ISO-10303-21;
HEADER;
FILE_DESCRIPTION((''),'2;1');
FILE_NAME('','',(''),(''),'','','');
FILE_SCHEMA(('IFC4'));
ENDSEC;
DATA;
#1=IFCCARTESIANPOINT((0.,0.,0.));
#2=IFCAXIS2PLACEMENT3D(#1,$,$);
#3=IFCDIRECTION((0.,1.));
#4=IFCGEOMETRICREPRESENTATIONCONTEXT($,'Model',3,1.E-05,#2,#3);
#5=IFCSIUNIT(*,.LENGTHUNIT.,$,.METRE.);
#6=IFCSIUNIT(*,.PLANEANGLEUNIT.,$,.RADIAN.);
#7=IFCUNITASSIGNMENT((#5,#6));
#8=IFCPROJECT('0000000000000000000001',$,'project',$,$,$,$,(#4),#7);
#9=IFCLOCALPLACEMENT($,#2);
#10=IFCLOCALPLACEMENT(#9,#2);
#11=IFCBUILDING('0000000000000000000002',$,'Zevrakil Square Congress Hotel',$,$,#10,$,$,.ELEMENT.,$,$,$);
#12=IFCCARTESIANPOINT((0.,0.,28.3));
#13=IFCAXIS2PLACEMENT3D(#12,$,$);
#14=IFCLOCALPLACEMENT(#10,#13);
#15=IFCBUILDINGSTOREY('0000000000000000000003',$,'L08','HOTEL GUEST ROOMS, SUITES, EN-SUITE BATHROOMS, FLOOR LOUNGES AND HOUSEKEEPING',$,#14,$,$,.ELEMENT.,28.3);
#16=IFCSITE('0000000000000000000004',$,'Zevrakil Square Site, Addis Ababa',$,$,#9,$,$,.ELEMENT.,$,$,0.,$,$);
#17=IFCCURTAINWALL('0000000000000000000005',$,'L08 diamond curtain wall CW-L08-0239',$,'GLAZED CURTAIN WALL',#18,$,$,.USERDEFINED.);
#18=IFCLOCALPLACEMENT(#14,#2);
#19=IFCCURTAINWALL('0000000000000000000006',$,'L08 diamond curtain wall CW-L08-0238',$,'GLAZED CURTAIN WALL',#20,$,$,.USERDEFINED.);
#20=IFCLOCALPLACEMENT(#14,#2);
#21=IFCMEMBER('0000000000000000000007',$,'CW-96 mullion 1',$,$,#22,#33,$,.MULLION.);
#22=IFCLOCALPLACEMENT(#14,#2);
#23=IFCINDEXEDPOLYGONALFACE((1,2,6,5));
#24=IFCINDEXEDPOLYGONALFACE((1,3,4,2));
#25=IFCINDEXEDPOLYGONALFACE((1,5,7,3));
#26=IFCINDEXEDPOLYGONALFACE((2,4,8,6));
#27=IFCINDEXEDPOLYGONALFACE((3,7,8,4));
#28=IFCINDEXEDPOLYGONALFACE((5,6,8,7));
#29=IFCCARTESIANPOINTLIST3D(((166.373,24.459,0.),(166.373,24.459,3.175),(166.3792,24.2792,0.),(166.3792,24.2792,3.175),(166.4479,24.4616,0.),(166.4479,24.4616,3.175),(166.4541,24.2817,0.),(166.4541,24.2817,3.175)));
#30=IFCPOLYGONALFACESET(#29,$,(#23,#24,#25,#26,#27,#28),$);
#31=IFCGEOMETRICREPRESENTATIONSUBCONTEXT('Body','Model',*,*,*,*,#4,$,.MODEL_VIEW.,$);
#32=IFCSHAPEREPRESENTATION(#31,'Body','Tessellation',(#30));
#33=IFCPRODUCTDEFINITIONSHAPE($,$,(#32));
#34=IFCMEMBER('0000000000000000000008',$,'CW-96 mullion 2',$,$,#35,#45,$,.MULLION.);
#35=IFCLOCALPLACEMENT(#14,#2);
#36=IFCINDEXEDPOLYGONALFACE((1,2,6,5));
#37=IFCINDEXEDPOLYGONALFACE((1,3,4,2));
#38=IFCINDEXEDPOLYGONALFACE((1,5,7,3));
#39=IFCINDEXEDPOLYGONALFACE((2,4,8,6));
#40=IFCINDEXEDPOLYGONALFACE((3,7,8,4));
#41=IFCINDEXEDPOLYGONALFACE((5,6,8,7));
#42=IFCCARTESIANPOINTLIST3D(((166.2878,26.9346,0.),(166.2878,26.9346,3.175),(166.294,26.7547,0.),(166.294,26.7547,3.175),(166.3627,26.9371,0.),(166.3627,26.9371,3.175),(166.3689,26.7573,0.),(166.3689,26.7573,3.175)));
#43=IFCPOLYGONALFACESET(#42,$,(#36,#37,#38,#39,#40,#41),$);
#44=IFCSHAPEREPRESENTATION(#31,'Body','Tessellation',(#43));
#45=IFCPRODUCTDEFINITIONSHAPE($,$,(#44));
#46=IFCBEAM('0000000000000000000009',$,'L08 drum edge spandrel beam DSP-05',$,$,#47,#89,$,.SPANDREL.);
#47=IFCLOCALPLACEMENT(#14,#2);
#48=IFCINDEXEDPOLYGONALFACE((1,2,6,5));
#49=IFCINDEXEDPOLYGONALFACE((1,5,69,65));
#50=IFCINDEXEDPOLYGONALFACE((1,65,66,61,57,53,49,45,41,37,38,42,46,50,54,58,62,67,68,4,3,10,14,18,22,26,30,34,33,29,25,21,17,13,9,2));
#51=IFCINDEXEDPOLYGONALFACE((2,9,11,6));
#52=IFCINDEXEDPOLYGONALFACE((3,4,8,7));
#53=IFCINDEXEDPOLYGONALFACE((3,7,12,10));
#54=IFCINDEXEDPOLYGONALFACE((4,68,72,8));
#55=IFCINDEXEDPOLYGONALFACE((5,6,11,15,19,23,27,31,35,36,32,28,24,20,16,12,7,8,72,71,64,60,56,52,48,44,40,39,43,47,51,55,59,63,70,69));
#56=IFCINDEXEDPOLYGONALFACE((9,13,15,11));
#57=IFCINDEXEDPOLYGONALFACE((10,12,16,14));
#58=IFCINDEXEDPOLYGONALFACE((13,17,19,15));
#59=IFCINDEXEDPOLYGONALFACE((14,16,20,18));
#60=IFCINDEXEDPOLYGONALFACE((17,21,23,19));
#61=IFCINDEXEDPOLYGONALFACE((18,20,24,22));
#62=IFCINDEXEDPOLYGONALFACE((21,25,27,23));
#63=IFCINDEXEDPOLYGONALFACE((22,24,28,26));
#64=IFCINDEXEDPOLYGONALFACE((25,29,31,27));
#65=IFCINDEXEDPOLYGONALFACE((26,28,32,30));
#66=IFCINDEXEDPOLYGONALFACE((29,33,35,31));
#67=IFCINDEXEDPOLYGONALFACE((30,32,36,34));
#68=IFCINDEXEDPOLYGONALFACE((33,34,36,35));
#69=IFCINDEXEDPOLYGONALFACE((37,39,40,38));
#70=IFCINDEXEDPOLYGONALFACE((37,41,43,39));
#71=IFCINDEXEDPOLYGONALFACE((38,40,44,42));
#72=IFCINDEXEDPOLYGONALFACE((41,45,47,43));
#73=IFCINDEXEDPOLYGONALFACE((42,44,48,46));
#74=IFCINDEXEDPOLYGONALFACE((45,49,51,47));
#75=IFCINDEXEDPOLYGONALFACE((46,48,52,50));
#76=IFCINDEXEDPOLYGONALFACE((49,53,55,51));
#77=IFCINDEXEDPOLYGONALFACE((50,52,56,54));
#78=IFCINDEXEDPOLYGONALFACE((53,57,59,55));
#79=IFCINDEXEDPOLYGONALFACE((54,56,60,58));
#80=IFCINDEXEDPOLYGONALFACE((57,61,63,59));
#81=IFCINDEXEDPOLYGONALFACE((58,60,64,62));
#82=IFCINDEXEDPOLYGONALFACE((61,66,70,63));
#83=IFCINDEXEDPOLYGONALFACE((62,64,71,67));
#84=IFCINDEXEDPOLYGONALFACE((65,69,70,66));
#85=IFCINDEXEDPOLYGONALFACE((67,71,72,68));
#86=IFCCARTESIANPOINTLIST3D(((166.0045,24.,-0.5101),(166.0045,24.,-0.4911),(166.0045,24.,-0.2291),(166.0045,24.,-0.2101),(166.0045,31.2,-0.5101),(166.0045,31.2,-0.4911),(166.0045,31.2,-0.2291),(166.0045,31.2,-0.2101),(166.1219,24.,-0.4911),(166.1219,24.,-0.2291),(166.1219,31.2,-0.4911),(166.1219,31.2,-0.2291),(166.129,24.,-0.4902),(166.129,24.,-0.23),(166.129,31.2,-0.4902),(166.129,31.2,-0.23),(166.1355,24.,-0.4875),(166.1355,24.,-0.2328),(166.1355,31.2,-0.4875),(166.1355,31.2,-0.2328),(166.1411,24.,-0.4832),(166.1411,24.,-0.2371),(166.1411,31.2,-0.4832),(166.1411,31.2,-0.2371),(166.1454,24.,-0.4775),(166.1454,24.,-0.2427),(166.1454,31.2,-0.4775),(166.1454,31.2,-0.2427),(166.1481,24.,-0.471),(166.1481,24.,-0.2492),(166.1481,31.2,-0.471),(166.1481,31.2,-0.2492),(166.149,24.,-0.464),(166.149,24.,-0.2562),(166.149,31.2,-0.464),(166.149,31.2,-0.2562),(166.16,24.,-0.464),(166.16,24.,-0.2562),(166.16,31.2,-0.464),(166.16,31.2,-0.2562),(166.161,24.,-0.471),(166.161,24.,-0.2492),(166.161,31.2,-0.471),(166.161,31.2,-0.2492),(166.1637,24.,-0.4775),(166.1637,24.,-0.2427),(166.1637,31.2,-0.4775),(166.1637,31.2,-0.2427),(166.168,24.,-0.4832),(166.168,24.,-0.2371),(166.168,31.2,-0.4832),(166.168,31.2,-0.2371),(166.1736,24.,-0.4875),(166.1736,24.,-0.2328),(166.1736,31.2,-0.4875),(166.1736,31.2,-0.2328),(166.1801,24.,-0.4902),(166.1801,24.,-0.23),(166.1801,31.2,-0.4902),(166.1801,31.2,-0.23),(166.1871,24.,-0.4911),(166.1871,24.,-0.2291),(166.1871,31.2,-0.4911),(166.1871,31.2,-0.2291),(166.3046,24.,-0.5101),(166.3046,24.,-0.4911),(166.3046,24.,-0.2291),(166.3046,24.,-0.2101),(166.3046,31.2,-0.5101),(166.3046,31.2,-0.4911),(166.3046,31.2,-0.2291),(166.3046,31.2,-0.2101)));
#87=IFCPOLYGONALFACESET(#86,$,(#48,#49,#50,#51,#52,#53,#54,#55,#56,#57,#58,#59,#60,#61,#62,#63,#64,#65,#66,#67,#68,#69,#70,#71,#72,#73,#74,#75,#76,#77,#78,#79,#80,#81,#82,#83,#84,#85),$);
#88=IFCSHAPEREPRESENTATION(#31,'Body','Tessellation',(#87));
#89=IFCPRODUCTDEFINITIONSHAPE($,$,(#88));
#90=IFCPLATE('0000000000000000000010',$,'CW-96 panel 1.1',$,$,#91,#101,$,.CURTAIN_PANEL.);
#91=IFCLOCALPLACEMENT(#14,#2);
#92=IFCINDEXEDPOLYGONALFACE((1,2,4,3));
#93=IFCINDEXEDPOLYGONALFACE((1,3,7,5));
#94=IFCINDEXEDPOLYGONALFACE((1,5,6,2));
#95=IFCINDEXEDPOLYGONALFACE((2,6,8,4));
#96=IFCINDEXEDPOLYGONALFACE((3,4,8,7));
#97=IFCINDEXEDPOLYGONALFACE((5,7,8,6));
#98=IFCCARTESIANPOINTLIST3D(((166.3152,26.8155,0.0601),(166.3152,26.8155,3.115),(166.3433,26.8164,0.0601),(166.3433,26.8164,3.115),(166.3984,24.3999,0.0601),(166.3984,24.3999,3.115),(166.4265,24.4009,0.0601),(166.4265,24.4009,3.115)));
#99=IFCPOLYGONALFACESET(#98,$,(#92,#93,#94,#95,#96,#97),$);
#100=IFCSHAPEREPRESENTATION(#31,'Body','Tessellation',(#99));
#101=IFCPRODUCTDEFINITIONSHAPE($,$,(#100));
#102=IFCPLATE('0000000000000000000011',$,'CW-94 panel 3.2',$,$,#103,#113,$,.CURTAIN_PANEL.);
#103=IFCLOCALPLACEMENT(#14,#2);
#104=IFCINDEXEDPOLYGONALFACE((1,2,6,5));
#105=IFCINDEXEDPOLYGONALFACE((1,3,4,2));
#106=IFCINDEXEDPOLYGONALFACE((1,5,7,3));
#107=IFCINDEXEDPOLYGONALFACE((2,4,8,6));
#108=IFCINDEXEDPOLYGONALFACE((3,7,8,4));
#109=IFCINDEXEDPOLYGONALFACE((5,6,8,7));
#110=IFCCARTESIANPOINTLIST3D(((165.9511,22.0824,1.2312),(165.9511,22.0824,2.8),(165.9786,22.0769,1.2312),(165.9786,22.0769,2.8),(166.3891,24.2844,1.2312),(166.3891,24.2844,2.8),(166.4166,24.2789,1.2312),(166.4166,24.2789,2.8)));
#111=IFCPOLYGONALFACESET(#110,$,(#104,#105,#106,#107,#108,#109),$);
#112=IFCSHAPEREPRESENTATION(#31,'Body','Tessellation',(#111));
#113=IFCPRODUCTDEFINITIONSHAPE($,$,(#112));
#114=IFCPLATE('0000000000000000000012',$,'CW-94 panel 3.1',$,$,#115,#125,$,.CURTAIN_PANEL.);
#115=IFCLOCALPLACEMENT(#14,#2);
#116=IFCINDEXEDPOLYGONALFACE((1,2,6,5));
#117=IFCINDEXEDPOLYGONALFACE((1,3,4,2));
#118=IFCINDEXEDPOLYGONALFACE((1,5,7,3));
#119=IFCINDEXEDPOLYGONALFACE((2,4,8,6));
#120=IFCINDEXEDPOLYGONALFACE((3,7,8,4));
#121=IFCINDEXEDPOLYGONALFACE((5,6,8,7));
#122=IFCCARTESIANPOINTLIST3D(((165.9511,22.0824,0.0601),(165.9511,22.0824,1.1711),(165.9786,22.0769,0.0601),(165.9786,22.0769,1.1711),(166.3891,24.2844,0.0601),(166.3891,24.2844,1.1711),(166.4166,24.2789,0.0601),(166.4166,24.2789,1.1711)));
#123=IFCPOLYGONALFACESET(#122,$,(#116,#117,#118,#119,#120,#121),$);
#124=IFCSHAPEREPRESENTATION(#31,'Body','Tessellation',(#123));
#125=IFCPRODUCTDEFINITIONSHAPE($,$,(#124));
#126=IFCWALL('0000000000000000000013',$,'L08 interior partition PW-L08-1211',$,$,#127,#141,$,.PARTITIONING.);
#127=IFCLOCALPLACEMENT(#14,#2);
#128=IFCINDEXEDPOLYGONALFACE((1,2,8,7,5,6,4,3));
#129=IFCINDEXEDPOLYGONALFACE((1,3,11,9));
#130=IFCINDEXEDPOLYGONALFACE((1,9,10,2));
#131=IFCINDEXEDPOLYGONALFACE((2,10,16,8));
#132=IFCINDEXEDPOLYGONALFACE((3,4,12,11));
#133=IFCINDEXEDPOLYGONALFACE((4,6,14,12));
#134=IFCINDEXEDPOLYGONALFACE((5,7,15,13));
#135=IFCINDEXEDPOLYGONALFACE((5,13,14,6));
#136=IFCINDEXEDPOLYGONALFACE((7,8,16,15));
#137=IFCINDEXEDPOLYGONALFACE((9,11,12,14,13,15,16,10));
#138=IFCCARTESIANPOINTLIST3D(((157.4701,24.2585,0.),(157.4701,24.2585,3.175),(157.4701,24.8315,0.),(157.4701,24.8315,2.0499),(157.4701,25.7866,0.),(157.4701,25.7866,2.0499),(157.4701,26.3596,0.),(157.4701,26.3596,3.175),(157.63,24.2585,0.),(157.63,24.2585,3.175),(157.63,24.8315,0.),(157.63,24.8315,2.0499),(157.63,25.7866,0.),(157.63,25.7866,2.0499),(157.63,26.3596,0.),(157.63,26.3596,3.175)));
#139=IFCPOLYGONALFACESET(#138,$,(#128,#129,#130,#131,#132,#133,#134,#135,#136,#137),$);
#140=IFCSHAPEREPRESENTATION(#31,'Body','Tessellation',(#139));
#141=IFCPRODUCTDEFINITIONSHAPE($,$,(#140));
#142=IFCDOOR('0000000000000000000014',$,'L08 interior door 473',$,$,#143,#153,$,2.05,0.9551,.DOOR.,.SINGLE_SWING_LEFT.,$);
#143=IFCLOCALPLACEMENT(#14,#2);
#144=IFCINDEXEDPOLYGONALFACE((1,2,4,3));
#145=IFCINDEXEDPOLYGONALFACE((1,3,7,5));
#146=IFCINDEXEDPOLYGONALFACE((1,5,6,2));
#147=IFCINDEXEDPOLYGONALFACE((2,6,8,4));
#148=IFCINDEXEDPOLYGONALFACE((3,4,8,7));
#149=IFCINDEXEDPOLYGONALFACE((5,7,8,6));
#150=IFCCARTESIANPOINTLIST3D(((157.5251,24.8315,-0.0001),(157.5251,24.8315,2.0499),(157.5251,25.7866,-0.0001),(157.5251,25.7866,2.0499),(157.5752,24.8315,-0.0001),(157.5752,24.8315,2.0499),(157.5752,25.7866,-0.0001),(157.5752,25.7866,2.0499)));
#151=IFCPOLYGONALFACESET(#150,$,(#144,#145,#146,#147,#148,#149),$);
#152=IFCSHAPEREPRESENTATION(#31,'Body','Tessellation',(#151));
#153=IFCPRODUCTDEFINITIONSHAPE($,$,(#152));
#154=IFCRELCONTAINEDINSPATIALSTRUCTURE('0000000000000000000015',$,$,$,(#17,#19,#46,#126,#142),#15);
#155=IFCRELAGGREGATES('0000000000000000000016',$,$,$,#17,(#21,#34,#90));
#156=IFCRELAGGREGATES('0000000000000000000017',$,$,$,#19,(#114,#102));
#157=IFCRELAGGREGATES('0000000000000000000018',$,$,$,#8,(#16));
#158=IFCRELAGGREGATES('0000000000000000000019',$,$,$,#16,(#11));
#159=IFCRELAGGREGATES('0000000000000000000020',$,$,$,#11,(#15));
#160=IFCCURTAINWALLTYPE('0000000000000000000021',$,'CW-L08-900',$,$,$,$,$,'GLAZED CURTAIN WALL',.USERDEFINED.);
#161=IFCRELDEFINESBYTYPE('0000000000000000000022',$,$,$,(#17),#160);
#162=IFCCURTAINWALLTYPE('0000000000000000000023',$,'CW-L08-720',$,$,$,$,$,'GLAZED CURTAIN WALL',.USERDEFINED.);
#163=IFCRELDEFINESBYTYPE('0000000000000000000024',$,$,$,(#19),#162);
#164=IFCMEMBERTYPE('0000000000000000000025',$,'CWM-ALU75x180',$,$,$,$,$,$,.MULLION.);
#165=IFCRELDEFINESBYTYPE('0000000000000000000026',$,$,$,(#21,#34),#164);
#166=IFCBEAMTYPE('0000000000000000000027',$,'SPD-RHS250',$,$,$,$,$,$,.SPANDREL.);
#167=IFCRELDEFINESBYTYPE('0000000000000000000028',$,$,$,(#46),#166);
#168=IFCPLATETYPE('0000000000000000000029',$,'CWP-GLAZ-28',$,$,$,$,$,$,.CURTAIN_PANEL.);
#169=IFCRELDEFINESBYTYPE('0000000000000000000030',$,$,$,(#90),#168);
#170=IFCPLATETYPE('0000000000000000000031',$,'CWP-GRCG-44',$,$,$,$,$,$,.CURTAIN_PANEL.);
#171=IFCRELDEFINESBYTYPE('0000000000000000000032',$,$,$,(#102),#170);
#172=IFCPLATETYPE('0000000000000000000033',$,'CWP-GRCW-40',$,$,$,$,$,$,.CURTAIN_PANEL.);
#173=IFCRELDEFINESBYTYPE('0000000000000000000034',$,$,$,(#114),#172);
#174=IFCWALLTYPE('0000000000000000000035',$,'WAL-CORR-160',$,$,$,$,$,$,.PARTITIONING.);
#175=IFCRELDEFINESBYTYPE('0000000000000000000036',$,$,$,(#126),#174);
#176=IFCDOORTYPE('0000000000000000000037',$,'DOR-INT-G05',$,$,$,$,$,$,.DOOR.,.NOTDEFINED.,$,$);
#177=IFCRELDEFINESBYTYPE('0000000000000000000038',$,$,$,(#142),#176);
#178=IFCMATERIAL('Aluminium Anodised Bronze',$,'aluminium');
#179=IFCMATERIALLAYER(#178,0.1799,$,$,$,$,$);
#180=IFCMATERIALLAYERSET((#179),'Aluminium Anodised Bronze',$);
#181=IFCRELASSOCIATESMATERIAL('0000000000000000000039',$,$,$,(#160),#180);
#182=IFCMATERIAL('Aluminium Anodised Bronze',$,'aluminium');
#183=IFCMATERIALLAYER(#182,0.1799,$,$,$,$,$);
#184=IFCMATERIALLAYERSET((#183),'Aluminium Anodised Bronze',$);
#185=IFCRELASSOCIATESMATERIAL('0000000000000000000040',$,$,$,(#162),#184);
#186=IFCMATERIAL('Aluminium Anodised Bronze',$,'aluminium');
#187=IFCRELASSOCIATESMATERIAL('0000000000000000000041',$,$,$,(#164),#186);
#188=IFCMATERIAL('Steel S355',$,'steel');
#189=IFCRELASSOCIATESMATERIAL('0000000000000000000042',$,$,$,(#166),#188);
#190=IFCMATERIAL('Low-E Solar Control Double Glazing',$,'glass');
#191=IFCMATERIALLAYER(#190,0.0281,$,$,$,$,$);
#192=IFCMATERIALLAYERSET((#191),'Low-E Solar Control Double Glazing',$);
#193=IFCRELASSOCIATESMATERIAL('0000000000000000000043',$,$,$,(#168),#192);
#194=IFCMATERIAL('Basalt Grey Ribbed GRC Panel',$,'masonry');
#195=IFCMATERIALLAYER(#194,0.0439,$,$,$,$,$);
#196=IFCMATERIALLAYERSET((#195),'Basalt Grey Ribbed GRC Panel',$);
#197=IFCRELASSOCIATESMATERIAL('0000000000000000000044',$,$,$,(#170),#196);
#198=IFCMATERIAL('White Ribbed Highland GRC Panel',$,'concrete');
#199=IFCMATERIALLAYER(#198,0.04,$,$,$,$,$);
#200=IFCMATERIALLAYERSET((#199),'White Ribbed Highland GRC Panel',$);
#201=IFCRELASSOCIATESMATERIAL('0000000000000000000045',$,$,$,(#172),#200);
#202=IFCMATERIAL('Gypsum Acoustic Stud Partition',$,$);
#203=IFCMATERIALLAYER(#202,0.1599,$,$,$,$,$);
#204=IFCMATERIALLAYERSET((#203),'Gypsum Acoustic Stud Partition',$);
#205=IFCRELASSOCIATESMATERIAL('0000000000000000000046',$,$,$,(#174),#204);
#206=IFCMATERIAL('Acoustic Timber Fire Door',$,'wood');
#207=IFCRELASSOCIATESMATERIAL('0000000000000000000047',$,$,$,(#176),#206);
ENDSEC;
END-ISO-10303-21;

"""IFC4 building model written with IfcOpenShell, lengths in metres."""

from ifc_helpers import new_model, si_unit, direction, frame, frame_2d, origin, origin_2d, place, context, subcontext, project, spatial, rectangle, i_section, extrude, material, layer, layer_set, material_profile, profile_set, type_object, element, fill, aggregate, save


model = new_model("IFC4")

# Units and contexts
model_context = context("Model", 3, precision=1e-05, world=origin(), true_north=direction((0.0, 1.0)))
body_context = subcontext(model_context, "Body", "Model", "MODEL_VIEW")
ifc_project = project(units=[si_unit("LENGTHUNIT", "METRE"), si_unit("PLANEANGLEUNIT", "RADIAN")], contexts=[model_context])

# Site, building, storey
site_placement = place(None, origin())
site = spatial("IfcSite", under=ifc_project, at=site_placement, Name="Zevrakil Square Site, Addis Ababa", CompositionType="ELEMENT", RefElevation=0.0)
building_placement = place(site_placement, origin())
building = spatial("IfcBuilding", under=site, at=building_placement, Name="Zevrakil Square Congress Hotel", CompositionType="ELEMENT")
storey_placement = place(building_placement, frame((0.0, 0.0, 28.3)))
storey = spatial("IfcBuildingStorey", under=building, at=storey_placement, Name="L08", Description="HOTEL GUEST ROOMS, SUITES, EN-SUITE BATHROOMS, FLOOR LOUNGES AND HOUSEKEEPING", CompositionType="ELEMENT", Elevation=28.3)

# Curtain wall
ifc_material_1 = material(Name="Aluminium Anodised Bronze", Category="aluminium")
ifc_layer_1 = layer(ifc_material_1, 0.1799)
ifc_layer_set_1 = layer_set([ifc_layer_1], Name="Aluminium Anodised Bronze")
curtain_wall_type_1 = type_object("IfcCurtainWallType", Name="CW-L08-900", ElementType="GLAZED CURTAIN WALL", PredefinedType="USERDEFINED", material=ifc_layer_set_1)
curtain_wall_1_placement = place(storey_placement, origin())
curtain_wall_1 = element("IfcCurtainWall", 1, at=curtain_wall_1_placement, inside=storey, type_object=curtain_wall_type_1, Name="L08 diamond curtain wall CW-L08-0239", ObjectType="GLAZED CURTAIN WALL", PredefinedType="USERDEFINED")

# Curtain wall
ifc_material_2 = material(Name="Aluminium Anodised Bronze", Category="aluminium")
ifc_layer_2 = layer(ifc_material_2, 0.1799)
ifc_layer_set_2 = layer_set([ifc_layer_2], Name="Aluminium Anodised Bronze")
curtain_wall_type_2 = type_object("IfcCurtainWallType", Name="CW-L08-720", ElementType="GLAZED CURTAIN WALL", PredefinedType="USERDEFINED", material=ifc_layer_set_2)
curtain_wall_2_placement = place(storey_placement, origin())
curtain_wall_2 = element("IfcCurtainWall", 2, at=curtain_wall_2_placement, inside=storey, type_object=curtain_wall_type_2, Name="L08 diamond curtain wall CW-L08-0238", ObjectType="GLAZED CURTAIN WALL", PredefinedType="USERDEFINED")
ifc_material_3 = material(Name="Aluminium Anodised Bronze", Category="aluminium")
ifc_material_profile_1 = material_profile(ifc_material_3, rectangle(XDim=0.075, YDim=0.1799, at=origin_2d()), Name="ALU 75x180")
ifc_profile_set_1 = profile_set([ifc_material_profile_1], Name="Aluminium Anodised Bronze")
member_type_1 = type_object("IfcMemberType", Name="CWM-ALU75x180", PredefinedType="MULLION", material=ifc_profile_set_1)

# Members
member_1_placement = place(storey_placement, frame((166.4136, 24.3704, 0.0), z_axis=(0.0, 0.0, 1.0), x_axis=(-0.999408, -0.034405, 0.0)))
member_1 = element("IfcMember", 3, at=member_1_placement, type_object=member_type_1, Name="CW-96 mullion 1", PredefinedType="MULLION", context=body_context, shape_type="SweptSolid", body=[
    extrude(rectangle(XDim=0.075, YDim=0.1799, at=origin_2d()), origin(), (0.0, 0.0, 1.0), 3.175),
])
member_2_placement = place(storey_placement, frame((166.3284, 26.8459, 0.0), z_axis=(0.0, 0.0, 1.0), x_axis=(-0.999408, -0.034405, 0.0)))
member_2 = element("IfcMember", 4, at=member_2_placement, type_object=member_type_1, Name="CW-96 mullion 2", PredefinedType="MULLION", context=body_context, shape_type="SweptSolid", body=[
    extrude(rectangle(XDim=0.075, YDim=0.1799, at=origin_2d()), origin(), (0.0, 0.0, 1.0), 3.175),
])

# Beam
ifc_material_4 = material(Name="Steel S355", Category="steel")
ifc_material_profile_2 = material_profile(ifc_material_4, i_section(OverallWidth=0.3, OverallDepth=0.3, WebThickness=0.011, FlangeThickness=0.019, FilletRadius=0.0271, at=origin_2d()), Name="HEB 300")
ifc_profile_set_2 = profile_set([ifc_material_profile_2], Name="Steel S355")
beam_type_1 = type_object("IfcBeamType", Name="SPD-RHS250", PredefinedType="SPANDREL", material=ifc_profile_set_2)
beam_1_placement = place(storey_placement, frame((166.1545, 24.0, -0.3601), z_axis=(0.0, 1.0, 0.0), x_axis=(-1.0, 0.0, 0.0)))
element("IfcBeam", 5, at=beam_1_placement, inside=storey, type_object=beam_type_1, Name="L08 drum edge spandrel beam DSP-05", PredefinedType="SPANDREL", context=body_context, shape_type="SweptSolid", body=[
    extrude(i_section(OverallWidth=0.3, OverallDepth=0.3, WebThickness=0.011, FlangeThickness=0.019, FilletRadius=0.0271, at=origin_2d()), origin(), (0.0, 0.0, 1.0), 7.2),
])

# Plates
ifc_material_5 = material(Name="Low-E Solar Control Double Glazing", Category="glass")
ifc_layer_3 = layer(ifc_material_5, 0.0281)
ifc_layer_set_3 = layer_set([ifc_layer_3], Name="Low-E Solar Control Double Glazing")
plate_type_1 = type_object("IfcPlateType", Name="CWP-GLAZ-28", PredefinedType="CURTAIN_PANEL", material=ifc_layer_set_3)
plate_1_placement = place(storey_placement, frame((166.3708, 25.6082, 0.0601), z_axis=(0.0, 0.0, 1.0), x_axis=(-0.034405, 0.999408, 0.0)))
plate_1 = element("IfcPlate", 6, at=plate_1_placement, type_object=plate_type_1, Name="CW-96 panel 1.1", PredefinedType="CURTAIN_PANEL", context=body_context, shape_type="SweptSolid", body=[
    extrude(rectangle(XDim=2.417, YDim=0.0281, at=origin_2d()), origin(), (0.0, 0.0, 1.0), 3.0549),
])
aggregate(curtain_wall_1, [member_1, member_2, plate_1])
ifc_material_6 = material(Name="Basalt Grey Ribbed GRC Panel", Category="masonry")
ifc_layer_4 = layer(ifc_material_6, 0.0439)
ifc_layer_set_4 = layer_set([ifc_layer_4], Name="Basalt Grey Ribbed GRC Panel")
plate_type_2 = type_object("IfcPlateType", Name="CWP-GRCG-44", PredefinedType="CURTAIN_PANEL", material=ifc_layer_set_4)
plate_2_placement = place(storey_placement, frame((166.1838, 23.1807, 1.2312), z_axis=(0.0, 0.0, 1.0), x_axis=(0.195084, 0.980787, 0.0)))
plate_2 = element("IfcPlate", 7, at=plate_2_placement, type_object=plate_type_2, Name="CW-94 panel 3.2", PredefinedType="CURTAIN_PANEL", context=body_context, shape_type="SweptSolid", body=[
    extrude(rectangle(XDim=2.2451, YDim=0.0281, at=origin_2d()), origin(), (0.0, 0.0, 1.0), 1.5688),
])
ifc_material_7 = material(Name="White Ribbed Highland GRC Panel", Category="concrete")
ifc_layer_5 = layer(ifc_material_7, 0.04)
ifc_layer_set_5 = layer_set([ifc_layer_5], Name="White Ribbed Highland GRC Panel")
plate_type_3 = type_object("IfcPlateType", Name="CWP-GRCW-40", PredefinedType="CURTAIN_PANEL", material=ifc_layer_set_5)
plate_3_placement = place(storey_placement, frame((166.1838, 23.1807, 0.0601), z_axis=(0.0, 0.0, 1.0), x_axis=(0.195084, 0.980787, 0.0)))
plate_3 = element("IfcPlate", 8, at=plate_3_placement, type_object=plate_type_3, Name="CW-94 panel 3.1", PredefinedType="CURTAIN_PANEL", context=body_context, shape_type="SweptSolid", body=[
    extrude(rectangle(XDim=2.2451, YDim=0.0281, at=origin_2d()), origin(), (0.0, 0.0, 1.0), 1.1111),
])
aggregate(curtain_wall_2, [plate_3, plate_2])

# Wall, opening, door
ifc_material_8 = material(Name="Gypsum Acoustic Stud Partition")
ifc_layer_6 = layer(ifc_material_8, 0.1599)
ifc_layer_set_6 = layer_set([ifc_layer_6], Name="Gypsum Acoustic Stud Partition")
wall_type_1 = type_object("IfcWallType", Name="WAL-CORR-160", PredefinedType="PARTITIONING", material=ifc_layer_set_6)
wall_1_placement = place(storey_placement, frame((157.55, 24.2585, 0.0), z_axis=(0.0, 0.0, 1.0), x_axis=(0.0, 1.0, 0.0)))
wall_1 = element("IfcWall", 9, at=wall_1_placement, inside=storey, type_object=wall_type_1, Name="L08 interior partition PW-L08-1211", PredefinedType="PARTITIONING", context=body_context, shape_type="SweptSolid", body=[
    extrude(rectangle(XDim=2.1011, YDim=0.1599, at=frame_2d((1.0505, 0.0))), origin(), (0.0, 0.0, 1.0), 3.175),
])
opening_1_placement = place(wall_1_placement, frame((0.573, 0.0, 0.0)))
opening_1 = element("IfcOpeningElement", 10, at=opening_1_placement, cuts=wall_1, PredefinedType="OPENING", context=body_context, shape_type="SweptSolid", body=[
    extrude(rectangle(XDim=0.9551, YDim=2.05, at=frame_2d((0.4775, 1.0249))), frame((0.0, 0.0898, 0.0), z_axis=(0.0, -1.0, 0.0), x_axis=(1.0, 0.0, 0.0)), (0.0, 0.0, 1.0), 0.1799),
])
ifc_material_9 = material(Name="Acoustic Timber Fire Door", Category="wood")
door_type_1 = type_object("IfcDoorType", Name="DOR-INT-G05", OperationType="NOTDEFINED", PredefinedType="DOOR", material=ifc_material_9)
door_1_placement = place(opening_1_placement, origin())
door_1 = element("IfcDoor", 11, at=door_1_placement, inside=storey, type_object=door_type_1, Name="L08 interior door 473", OperationType="SINGLE_SWING_LEFT", OverallHeight=2.05, OverallWidth=0.9551, PredefinedType="DOOR", context=body_context, shape_type="SweptSolid", body=[
    extrude(rectangle(XDim=0.9551, YDim=2.05, at=frame_2d((0.4775, 1.0249))), frame((0.0, 0.0249, 0.0), z_axis=(0.0, -1.0, 0.0), x_axis=(1.0, 0.0, 0.0)), (0.0, 0.0, 1.0), 0.05),
])
fill(opening_1, door_1)

save(model, "model.ifc")
